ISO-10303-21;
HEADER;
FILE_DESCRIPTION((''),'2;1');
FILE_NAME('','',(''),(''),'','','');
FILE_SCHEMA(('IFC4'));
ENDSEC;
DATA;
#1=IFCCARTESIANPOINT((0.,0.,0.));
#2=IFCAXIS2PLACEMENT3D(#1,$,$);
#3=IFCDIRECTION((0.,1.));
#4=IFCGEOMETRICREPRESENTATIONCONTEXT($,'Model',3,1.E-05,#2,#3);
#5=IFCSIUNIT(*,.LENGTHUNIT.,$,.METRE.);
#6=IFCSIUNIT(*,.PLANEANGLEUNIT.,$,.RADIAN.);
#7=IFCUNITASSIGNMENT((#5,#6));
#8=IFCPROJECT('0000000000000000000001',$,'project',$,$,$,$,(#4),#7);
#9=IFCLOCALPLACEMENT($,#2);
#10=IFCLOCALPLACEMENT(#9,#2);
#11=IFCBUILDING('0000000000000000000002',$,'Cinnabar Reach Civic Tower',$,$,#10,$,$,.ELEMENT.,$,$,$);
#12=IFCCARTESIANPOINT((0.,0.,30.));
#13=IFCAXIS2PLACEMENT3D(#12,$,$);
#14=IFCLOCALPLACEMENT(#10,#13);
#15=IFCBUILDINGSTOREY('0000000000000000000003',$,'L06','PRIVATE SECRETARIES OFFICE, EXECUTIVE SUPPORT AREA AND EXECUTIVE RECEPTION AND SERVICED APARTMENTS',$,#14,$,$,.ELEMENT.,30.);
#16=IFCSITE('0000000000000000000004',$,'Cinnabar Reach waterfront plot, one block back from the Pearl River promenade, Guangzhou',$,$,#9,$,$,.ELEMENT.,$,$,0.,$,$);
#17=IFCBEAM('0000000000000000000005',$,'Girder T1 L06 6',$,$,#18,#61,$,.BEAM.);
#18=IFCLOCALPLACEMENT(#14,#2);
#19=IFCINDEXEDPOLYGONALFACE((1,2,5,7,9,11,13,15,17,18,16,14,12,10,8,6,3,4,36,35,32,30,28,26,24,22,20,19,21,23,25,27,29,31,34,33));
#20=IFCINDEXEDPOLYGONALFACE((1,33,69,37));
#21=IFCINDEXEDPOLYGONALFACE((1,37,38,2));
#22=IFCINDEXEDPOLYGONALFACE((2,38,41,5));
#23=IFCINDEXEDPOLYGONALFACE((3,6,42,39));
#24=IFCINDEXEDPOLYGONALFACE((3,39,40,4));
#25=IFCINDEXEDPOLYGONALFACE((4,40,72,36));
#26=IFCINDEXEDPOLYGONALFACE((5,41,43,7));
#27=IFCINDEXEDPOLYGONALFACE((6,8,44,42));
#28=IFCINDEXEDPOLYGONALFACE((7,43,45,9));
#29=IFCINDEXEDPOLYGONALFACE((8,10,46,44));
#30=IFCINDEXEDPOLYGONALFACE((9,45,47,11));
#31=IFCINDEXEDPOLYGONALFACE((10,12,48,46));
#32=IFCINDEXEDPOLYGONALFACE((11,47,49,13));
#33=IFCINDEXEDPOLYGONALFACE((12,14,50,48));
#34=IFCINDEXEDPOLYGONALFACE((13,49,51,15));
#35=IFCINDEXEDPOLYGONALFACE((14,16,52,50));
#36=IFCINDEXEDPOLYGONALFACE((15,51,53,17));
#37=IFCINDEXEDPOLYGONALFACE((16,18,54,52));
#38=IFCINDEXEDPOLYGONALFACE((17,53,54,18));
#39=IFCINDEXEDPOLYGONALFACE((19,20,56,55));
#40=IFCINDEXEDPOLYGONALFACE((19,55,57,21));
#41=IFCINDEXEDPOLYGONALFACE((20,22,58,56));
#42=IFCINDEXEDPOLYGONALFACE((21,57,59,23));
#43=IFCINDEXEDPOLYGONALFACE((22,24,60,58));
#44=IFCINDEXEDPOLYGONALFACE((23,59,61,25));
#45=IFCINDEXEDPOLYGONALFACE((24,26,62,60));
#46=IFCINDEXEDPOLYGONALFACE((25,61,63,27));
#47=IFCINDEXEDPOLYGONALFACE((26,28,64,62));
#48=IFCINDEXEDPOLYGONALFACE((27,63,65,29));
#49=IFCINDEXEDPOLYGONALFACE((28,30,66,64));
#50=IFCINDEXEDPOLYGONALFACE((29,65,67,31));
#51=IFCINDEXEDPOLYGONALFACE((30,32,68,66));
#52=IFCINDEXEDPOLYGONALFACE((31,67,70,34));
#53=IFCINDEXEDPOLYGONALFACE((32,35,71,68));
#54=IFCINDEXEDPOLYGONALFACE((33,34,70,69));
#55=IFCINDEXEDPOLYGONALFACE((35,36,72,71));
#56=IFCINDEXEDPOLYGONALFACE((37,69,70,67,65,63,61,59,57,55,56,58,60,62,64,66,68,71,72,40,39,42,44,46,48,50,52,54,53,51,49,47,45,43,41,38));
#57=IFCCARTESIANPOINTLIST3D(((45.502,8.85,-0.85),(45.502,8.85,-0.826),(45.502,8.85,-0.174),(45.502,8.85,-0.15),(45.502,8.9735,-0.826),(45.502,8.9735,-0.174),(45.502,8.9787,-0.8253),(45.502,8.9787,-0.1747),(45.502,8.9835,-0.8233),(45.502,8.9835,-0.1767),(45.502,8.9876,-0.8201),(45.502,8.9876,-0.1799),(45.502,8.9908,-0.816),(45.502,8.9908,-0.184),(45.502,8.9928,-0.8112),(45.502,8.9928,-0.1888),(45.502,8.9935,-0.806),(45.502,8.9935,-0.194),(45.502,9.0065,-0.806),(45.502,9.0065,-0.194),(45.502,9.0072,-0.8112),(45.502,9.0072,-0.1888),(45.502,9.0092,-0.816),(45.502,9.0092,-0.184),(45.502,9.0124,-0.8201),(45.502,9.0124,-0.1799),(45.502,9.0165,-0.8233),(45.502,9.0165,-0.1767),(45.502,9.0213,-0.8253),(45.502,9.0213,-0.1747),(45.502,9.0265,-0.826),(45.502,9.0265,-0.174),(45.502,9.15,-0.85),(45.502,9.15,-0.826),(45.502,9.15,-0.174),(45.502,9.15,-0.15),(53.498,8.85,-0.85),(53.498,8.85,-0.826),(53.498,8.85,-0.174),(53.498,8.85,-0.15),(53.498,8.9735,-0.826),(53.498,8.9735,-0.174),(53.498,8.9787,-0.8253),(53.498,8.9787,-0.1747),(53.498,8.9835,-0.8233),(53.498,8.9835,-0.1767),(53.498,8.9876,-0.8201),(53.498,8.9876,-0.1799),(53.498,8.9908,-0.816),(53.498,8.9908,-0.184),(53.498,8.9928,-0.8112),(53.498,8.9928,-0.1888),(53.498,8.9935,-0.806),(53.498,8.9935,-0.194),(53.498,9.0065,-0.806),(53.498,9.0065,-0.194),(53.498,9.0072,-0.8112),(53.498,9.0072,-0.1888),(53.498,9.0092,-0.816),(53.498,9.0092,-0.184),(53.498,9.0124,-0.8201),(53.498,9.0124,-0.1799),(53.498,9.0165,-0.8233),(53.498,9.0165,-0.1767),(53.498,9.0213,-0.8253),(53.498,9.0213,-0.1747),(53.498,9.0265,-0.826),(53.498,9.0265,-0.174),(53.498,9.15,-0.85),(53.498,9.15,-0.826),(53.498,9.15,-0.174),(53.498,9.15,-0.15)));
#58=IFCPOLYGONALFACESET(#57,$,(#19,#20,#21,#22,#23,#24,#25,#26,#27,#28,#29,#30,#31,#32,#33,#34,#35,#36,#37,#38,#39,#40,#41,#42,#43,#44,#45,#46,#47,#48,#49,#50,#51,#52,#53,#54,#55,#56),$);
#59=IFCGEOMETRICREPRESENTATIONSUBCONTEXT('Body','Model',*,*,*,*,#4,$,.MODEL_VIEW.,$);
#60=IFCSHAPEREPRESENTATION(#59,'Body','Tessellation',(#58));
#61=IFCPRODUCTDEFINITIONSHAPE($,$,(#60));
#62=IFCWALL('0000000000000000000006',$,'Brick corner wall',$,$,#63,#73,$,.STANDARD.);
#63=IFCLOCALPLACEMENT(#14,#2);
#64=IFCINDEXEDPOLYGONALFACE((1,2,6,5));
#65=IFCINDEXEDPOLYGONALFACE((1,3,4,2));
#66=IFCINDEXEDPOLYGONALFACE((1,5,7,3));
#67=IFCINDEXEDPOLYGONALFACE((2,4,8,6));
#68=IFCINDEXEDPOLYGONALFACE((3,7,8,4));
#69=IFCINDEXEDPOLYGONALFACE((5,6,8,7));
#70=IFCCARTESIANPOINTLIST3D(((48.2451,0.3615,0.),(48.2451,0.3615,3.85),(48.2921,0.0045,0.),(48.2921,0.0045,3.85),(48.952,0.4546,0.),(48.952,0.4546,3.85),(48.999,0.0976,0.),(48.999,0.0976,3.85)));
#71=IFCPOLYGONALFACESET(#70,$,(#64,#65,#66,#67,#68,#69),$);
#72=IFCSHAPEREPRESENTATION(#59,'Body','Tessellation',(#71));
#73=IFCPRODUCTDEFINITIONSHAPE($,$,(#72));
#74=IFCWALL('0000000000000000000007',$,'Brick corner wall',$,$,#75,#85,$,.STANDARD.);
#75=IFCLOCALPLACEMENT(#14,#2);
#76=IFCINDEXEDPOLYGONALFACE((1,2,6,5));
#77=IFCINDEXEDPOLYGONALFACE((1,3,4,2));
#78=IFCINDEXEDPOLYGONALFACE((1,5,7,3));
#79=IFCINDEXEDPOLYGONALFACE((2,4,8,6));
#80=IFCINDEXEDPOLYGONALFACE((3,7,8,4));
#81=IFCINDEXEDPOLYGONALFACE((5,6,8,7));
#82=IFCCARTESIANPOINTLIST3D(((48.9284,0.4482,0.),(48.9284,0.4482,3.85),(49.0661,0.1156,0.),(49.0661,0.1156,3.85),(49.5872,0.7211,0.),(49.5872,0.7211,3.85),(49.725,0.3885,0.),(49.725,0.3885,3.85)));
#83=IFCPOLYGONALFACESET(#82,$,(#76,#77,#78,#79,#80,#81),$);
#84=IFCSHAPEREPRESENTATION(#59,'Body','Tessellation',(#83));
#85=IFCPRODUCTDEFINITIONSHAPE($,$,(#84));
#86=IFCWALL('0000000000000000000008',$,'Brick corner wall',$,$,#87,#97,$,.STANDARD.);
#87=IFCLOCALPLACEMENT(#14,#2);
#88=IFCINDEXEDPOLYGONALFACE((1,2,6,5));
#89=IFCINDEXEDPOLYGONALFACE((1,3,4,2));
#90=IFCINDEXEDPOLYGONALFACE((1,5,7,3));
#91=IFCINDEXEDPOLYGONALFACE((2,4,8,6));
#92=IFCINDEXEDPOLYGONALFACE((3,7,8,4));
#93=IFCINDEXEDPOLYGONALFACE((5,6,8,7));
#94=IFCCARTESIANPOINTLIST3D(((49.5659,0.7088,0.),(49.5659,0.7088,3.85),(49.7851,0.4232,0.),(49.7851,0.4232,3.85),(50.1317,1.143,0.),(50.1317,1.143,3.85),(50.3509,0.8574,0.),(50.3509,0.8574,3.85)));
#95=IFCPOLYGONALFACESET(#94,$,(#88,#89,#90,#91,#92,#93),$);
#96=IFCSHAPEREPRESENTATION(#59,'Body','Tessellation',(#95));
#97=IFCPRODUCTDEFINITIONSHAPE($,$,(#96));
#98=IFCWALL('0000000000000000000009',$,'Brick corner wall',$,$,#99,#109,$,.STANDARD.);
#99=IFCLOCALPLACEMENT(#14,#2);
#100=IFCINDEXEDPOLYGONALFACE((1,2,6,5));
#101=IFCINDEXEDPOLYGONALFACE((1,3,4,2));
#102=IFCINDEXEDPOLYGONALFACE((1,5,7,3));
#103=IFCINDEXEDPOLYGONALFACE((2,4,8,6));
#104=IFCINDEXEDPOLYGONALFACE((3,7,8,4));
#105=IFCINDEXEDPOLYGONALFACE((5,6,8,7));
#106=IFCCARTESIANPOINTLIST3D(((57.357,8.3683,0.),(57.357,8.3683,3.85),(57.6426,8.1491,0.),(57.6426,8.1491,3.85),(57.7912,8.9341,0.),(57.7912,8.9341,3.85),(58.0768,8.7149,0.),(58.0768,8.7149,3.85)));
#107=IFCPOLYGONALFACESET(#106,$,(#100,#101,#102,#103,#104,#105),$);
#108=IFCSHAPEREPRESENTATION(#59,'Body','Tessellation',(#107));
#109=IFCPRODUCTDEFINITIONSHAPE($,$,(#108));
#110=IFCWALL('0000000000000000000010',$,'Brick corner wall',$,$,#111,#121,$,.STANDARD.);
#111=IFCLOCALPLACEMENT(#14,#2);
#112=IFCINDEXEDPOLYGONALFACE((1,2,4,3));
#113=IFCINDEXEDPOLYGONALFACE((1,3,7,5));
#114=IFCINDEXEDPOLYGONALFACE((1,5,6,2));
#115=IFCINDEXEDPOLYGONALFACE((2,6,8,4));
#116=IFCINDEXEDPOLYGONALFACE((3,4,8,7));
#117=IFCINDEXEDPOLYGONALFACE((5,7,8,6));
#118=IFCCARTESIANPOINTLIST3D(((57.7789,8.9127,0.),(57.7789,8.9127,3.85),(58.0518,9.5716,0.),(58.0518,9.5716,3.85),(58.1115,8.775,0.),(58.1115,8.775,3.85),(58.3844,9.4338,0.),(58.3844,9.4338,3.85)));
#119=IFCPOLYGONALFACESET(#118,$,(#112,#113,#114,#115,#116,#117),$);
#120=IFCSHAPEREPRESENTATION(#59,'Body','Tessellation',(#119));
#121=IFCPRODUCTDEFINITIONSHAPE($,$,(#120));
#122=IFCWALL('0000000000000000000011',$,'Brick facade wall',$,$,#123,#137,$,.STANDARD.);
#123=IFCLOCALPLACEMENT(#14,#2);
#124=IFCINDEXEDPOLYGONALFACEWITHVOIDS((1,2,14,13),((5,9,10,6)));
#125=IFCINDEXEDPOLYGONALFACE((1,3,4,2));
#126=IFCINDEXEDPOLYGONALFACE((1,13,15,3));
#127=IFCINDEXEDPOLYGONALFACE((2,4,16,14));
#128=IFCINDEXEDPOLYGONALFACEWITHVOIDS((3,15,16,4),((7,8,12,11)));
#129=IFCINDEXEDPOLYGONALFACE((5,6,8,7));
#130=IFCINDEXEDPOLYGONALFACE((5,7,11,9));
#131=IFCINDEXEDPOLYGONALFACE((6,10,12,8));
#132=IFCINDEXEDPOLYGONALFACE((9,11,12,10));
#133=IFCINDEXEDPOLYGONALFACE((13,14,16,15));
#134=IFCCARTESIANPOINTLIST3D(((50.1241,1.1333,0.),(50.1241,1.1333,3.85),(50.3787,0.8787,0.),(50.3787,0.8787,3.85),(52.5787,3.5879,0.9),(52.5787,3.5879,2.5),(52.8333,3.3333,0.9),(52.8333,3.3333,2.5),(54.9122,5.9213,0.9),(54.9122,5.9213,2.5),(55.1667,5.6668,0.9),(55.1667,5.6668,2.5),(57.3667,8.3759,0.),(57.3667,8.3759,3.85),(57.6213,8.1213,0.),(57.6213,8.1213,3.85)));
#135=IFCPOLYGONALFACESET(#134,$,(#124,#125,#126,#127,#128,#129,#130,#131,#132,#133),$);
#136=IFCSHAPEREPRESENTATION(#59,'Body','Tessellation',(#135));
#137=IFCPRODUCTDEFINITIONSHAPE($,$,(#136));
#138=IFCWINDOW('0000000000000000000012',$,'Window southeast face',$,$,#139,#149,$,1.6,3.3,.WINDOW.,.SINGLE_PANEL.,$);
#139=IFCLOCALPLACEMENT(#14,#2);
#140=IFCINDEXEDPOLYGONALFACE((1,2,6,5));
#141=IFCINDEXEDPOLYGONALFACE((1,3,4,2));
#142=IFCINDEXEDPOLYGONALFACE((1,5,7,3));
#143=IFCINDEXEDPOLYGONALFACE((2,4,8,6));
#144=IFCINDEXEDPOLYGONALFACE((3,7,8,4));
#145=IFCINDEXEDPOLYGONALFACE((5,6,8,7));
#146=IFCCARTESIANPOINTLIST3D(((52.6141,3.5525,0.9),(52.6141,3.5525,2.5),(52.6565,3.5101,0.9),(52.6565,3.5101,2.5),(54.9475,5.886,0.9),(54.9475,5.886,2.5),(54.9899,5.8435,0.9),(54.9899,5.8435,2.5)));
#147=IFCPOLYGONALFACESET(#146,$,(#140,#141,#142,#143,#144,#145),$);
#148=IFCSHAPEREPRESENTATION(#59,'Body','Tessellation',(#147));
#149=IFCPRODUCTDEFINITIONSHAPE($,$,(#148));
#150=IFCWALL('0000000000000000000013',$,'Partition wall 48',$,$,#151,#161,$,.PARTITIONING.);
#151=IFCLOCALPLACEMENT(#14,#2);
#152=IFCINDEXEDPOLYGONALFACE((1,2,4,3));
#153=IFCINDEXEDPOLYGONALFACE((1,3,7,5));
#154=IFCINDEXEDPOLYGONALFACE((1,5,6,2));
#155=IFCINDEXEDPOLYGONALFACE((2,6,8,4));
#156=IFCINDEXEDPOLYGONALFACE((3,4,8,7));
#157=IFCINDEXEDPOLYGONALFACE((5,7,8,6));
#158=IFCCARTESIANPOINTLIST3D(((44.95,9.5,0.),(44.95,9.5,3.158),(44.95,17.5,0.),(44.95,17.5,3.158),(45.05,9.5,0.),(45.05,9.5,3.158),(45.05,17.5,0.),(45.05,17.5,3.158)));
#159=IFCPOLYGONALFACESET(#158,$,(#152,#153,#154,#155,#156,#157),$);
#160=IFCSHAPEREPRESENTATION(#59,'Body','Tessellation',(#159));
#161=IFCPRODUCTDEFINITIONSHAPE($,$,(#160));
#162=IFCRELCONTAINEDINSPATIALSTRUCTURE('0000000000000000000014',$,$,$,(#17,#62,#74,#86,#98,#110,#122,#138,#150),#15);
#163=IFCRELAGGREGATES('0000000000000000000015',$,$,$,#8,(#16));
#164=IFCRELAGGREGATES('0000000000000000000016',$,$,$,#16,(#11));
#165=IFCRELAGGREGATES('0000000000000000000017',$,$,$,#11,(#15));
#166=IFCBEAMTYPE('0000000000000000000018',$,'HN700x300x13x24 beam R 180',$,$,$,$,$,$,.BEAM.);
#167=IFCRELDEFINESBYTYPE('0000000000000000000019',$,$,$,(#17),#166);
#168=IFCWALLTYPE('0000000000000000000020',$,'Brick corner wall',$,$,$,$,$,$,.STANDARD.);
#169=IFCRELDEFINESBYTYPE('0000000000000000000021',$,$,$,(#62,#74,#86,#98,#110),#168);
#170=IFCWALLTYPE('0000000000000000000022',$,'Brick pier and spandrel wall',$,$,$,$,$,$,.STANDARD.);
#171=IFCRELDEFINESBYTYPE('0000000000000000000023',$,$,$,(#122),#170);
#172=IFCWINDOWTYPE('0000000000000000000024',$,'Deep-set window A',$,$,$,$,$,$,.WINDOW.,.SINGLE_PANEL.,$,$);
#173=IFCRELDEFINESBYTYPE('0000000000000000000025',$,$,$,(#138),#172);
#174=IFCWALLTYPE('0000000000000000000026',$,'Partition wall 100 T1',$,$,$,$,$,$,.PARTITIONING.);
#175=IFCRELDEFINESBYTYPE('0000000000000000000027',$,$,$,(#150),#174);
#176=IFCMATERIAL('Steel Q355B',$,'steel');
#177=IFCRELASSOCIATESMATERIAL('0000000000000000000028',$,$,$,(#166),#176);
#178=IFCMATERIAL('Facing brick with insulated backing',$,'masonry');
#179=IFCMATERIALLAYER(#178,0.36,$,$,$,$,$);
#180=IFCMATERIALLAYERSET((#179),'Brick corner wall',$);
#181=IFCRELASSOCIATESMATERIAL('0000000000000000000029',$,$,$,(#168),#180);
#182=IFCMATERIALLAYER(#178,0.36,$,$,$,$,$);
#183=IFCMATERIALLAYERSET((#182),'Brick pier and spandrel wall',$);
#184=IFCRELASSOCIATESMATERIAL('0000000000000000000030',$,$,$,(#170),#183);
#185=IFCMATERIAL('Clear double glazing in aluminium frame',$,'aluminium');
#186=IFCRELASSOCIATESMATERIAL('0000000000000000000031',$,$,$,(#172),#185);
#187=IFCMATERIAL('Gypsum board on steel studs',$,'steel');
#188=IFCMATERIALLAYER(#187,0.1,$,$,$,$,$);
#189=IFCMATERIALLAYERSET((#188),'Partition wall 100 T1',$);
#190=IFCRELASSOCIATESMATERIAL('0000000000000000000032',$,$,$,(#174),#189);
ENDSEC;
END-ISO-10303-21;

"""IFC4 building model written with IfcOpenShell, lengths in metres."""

from ifc_helpers import new_model, si_unit, direction, frame, frame_2d, origin, origin_2d, place, context, subcontext, project, spatial, rectangle, i_section, extrude, material, layer, layer_set, material_profile, profile_set, type_object, element, fill, save


model = new_model("IFC4")

# Units and contexts
model_context = context("Model", 3, precision=1e-05, world=origin(), true_north=direction((0.0, 1.0)))
body_context = subcontext(model_context, "Body", "Model", "MODEL_VIEW")
ifc_project = project(units=[si_unit("LENGTHUNIT", "METRE"), si_unit("PLANEANGLEUNIT", "RADIAN")], contexts=[model_context])

# Site, building, storey
site_placement = place(None, origin())
site = spatial("IfcSite", under=ifc_project, at=site_placement, Name="Cinnabar Reach waterfront plot, one block back from the Pearl River promenade, Guangzhou", CompositionType="ELEMENT", RefElevation=0.0)
building_placement = place(site_placement, origin())
building = spatial("IfcBuilding", under=site, at=building_placement, Name="Cinnabar Reach Civic Tower", CompositionType="ELEMENT")
storey_placement = place(building_placement, frame((0.0, 0.0, 30.0)))
storey = spatial("IfcBuildingStorey", under=building, at=storey_placement, Name="L06", Description="PRIVATE SECRETARIES OFFICE, EXECUTIVE SUPPORT AREA AND EXECUTIVE RECEPTION AND SERVICED APARTMENTS", CompositionType="ELEMENT", Elevation=30.0)

# Beam
ifc_material_1 = material(Name="Steel Q355B", Category="steel")
ifc_material_profile_1 = material_profile(ifc_material_1, i_section(OverallWidth=0.3, OverallDepth=0.7, WebThickness=0.013, FlangeThickness=0.024, FilletRadius=0.02, at=origin_2d()), Name="HN700x300x13x24")
ifc_profile_set_1 = profile_set([ifc_material_profile_1], Name="Steel Q355B")
beam_type_1 = type_object("IfcBeamType", Name="HN700x300x13x24 beam R 180", PredefinedType="BEAM", material=ifc_profile_set_1)
beam_1_placement = place(storey_placement, frame((45.502, 9.0, -0.5), z_axis=(1.0, 0.0, 0.0), x_axis=(0.0, 1.0, 0.0)))
element("IfcBeam", 1, at=beam_1_placement, inside=storey, type_object=beam_type_1, Name="Girder T1 L06 6", PredefinedType="BEAM", context=body_context, shape_type="SweptSolid", body=[
    extrude(i_section(OverallWidth=0.3, OverallDepth=0.7, WebThickness=0.013, FlangeThickness=0.024, FilletRadius=0.02, at=origin_2d()), origin(), (0.0, 0.0, 1.0), 7.996),
])

# Walls
ifc_material_2 = material(Name="Facing brick with insulated backing", Category="masonry")
ifc_layer_1 = layer(ifc_material_2, 0.36)
ifc_layer_set_1 = layer_set([ifc_layer_1], Name="Brick corner wall")
wall_type_1 = type_object("IfcWallType", Name="Brick corner wall", PredefinedType="STANDARD", material=ifc_layer_set_1)
for number, where, z_axis, x_axis, name in (
    (2, (48.2686, 0.183, 0.0), (0.0, 0.0, 1.0), (0.991441, 0.130556, 0.0), "Brick corner wall"),
    (3, (48.9973, 0.2819, 0.0), (0.0, 0.0, 1.0), (0.923872, 0.382703, 0.0), "Brick corner wall"),
):
    element("IfcWall", number, at=place(storey_placement, frame(where, z_axis=z_axis, x_axis=x_axis)), inside=storey, type_object=wall_type_1, Name=name, PredefinedType="STANDARD", context=body_context, shape_type="SweptSolid", body=[
        extrude(rectangle(XDim=0.7131, YDim=0.36, at=frame_2d((0.3565, 0.0))), origin(), (0.0, 0.0, 1.0), 3.85),
    ])
for number, where, z_axis, x_axis, name in (
    (4, (49.6755, 0.566, 0.0), (0.0, 0.0, 1.0), (0.793322, 0.608802, 0.0), "Brick corner wall"),
    (5, (57.4998, 8.2587, 0.0), (0.0, 0.0, 1.0), (0.608802, 0.793322, 0.0), "Brick corner wall"),
):
    element("IfcWall", number, at=place(storey_placement, frame(where, z_axis=z_axis, x_axis=x_axis)), inside=storey, type_object=wall_type_1, Name=name, PredefinedType="STANDARD", context=body_context, shape_type="SweptSolid", body=[
        extrude(rectangle(XDim=0.7132, YDim=0.36, at=frame_2d((0.3566, 0.0))), origin(), (0.0, 0.0, 1.0), 3.85),
    ])
wall_1_placement = place(storey_placement, frame((57.9452, 8.8439, 0.0), z_axis=(0.0, 0.0, 1.0), x_axis=(0.382703, 0.923872, 0.0)))
element("IfcWall", 6, at=wall_1_placement, inside=storey, type_object=wall_type_1, Name="Brick corner wall", PredefinedType="STANDARD", context=body_context, shape_type="SweptSolid", body=[
    extrude(rectangle(XDim=0.7131, YDim=0.36, at=frame_2d((0.3565, 0.0))), origin(), (0.0, 0.0, 1.0), 3.85),
])

# Wall, opening, window
ifc_layer_2 = layer(ifc_material_2, 0.36)
ifc_layer_set_2 = layer_set([ifc_layer_2], Name="Brick pier and spandrel wall")
wall_type_2 = type_object("IfcWallType", Name="Brick pier and spandrel wall", PredefinedType="STANDARD", material=ifc_layer_set_2)
wall_2_placement = place(storey_placement, frame((50.2514, 1.006, 0.0), z_axis=(0.0, 0.0, 1.0), x_axis=(0.707107, 0.707107, 0.0)))
wall_2 = element("IfcWall", 7, at=wall_2_placement, inside=storey, type_object=wall_type_2, Name="Brick facade wall", PredefinedType="STANDARD", context=body_context, shape_type="SweptSolid", body=[
    extrude(rectangle(XDim=10.2426, YDim=0.36, at=frame_2d((5.1213, 0.0))), origin(), (0.0, 0.0, 1.0), 3.85),
])
opening_placement = place(wall_2_placement, frame((3.4713, 0.0, 0.9)))
opening = element("IfcOpeningElement", 8, at=opening_placement, cuts=wall_2, PredefinedType="OPENING", context=body_context, shape_type="SweptSolid", body=[
    extrude(rectangle(XDim=3.3, YDim=1.6, at=frame_2d((1.65, 0.8))), frame((0.0, 0.19, 0.0), z_axis=(0.0, -1.0, 0.0), x_axis=(1.0, 0.0, 0.0)), (0.0, 0.0, 1.0), 0.38),
])
ifc_material_3 = material(Name="Clear double glazing in aluminium frame", Category="aluminium")
window_type = type_object("IfcWindowType", Name="Deep-set window A", PartitioningType="SINGLE_PANEL", PredefinedType="WINDOW", material=ifc_material_3)
window_placement = place(opening_placement, origin())
window = element("IfcWindow", 9, at=window_placement, inside=storey, type_object=window_type, Name="Window southeast face", OverallHeight=1.6, OverallWidth=3.3, PartitioningType="SINGLE_PANEL", PredefinedType="WINDOW", context=body_context, shape_type="SweptSolid", body=[
    extrude(rectangle(XDim=3.3, YDim=1.6, at=frame_2d((1.65, 0.8))), frame((0.0, 0.13, 0.0), z_axis=(0.0, -1.0, 0.0), x_axis=(1.0, 0.0, 0.0)), (0.0, 0.0, 1.0), 0.06),
])
fill(opening, window)

# Wall
ifc_material_4 = material(Name="Gypsum board on steel studs", Category="steel")
ifc_layer_3 = layer(ifc_material_4, 0.1)
ifc_layer_set_3 = layer_set([ifc_layer_3], Name="Partition wall 100 T1")
wall_type_3 = type_object("IfcWallType", Name="Partition wall 100 T1", PredefinedType="PARTITIONING", material=ifc_layer_set_3)
wall_3_placement = place(storey_placement, frame((45.0, 9.5, 0.0), z_axis=(0.0, 0.0, 1.0), x_axis=(0.0, 1.0, 0.0)))
element("IfcWall", 10, at=wall_3_placement, inside=storey, type_object=wall_type_3, Name="Partition wall 48", PredefinedType="PARTITIONING", context=body_context, shape_type="SweptSolid", body=[
    extrude(rectangle(XDim=8.0, YDim=0.1, at=frame_2d((4.0, 0.0))), origin(), (0.0, 0.0, 1.0), 3.158),
])

save(model, "model.ifc")
